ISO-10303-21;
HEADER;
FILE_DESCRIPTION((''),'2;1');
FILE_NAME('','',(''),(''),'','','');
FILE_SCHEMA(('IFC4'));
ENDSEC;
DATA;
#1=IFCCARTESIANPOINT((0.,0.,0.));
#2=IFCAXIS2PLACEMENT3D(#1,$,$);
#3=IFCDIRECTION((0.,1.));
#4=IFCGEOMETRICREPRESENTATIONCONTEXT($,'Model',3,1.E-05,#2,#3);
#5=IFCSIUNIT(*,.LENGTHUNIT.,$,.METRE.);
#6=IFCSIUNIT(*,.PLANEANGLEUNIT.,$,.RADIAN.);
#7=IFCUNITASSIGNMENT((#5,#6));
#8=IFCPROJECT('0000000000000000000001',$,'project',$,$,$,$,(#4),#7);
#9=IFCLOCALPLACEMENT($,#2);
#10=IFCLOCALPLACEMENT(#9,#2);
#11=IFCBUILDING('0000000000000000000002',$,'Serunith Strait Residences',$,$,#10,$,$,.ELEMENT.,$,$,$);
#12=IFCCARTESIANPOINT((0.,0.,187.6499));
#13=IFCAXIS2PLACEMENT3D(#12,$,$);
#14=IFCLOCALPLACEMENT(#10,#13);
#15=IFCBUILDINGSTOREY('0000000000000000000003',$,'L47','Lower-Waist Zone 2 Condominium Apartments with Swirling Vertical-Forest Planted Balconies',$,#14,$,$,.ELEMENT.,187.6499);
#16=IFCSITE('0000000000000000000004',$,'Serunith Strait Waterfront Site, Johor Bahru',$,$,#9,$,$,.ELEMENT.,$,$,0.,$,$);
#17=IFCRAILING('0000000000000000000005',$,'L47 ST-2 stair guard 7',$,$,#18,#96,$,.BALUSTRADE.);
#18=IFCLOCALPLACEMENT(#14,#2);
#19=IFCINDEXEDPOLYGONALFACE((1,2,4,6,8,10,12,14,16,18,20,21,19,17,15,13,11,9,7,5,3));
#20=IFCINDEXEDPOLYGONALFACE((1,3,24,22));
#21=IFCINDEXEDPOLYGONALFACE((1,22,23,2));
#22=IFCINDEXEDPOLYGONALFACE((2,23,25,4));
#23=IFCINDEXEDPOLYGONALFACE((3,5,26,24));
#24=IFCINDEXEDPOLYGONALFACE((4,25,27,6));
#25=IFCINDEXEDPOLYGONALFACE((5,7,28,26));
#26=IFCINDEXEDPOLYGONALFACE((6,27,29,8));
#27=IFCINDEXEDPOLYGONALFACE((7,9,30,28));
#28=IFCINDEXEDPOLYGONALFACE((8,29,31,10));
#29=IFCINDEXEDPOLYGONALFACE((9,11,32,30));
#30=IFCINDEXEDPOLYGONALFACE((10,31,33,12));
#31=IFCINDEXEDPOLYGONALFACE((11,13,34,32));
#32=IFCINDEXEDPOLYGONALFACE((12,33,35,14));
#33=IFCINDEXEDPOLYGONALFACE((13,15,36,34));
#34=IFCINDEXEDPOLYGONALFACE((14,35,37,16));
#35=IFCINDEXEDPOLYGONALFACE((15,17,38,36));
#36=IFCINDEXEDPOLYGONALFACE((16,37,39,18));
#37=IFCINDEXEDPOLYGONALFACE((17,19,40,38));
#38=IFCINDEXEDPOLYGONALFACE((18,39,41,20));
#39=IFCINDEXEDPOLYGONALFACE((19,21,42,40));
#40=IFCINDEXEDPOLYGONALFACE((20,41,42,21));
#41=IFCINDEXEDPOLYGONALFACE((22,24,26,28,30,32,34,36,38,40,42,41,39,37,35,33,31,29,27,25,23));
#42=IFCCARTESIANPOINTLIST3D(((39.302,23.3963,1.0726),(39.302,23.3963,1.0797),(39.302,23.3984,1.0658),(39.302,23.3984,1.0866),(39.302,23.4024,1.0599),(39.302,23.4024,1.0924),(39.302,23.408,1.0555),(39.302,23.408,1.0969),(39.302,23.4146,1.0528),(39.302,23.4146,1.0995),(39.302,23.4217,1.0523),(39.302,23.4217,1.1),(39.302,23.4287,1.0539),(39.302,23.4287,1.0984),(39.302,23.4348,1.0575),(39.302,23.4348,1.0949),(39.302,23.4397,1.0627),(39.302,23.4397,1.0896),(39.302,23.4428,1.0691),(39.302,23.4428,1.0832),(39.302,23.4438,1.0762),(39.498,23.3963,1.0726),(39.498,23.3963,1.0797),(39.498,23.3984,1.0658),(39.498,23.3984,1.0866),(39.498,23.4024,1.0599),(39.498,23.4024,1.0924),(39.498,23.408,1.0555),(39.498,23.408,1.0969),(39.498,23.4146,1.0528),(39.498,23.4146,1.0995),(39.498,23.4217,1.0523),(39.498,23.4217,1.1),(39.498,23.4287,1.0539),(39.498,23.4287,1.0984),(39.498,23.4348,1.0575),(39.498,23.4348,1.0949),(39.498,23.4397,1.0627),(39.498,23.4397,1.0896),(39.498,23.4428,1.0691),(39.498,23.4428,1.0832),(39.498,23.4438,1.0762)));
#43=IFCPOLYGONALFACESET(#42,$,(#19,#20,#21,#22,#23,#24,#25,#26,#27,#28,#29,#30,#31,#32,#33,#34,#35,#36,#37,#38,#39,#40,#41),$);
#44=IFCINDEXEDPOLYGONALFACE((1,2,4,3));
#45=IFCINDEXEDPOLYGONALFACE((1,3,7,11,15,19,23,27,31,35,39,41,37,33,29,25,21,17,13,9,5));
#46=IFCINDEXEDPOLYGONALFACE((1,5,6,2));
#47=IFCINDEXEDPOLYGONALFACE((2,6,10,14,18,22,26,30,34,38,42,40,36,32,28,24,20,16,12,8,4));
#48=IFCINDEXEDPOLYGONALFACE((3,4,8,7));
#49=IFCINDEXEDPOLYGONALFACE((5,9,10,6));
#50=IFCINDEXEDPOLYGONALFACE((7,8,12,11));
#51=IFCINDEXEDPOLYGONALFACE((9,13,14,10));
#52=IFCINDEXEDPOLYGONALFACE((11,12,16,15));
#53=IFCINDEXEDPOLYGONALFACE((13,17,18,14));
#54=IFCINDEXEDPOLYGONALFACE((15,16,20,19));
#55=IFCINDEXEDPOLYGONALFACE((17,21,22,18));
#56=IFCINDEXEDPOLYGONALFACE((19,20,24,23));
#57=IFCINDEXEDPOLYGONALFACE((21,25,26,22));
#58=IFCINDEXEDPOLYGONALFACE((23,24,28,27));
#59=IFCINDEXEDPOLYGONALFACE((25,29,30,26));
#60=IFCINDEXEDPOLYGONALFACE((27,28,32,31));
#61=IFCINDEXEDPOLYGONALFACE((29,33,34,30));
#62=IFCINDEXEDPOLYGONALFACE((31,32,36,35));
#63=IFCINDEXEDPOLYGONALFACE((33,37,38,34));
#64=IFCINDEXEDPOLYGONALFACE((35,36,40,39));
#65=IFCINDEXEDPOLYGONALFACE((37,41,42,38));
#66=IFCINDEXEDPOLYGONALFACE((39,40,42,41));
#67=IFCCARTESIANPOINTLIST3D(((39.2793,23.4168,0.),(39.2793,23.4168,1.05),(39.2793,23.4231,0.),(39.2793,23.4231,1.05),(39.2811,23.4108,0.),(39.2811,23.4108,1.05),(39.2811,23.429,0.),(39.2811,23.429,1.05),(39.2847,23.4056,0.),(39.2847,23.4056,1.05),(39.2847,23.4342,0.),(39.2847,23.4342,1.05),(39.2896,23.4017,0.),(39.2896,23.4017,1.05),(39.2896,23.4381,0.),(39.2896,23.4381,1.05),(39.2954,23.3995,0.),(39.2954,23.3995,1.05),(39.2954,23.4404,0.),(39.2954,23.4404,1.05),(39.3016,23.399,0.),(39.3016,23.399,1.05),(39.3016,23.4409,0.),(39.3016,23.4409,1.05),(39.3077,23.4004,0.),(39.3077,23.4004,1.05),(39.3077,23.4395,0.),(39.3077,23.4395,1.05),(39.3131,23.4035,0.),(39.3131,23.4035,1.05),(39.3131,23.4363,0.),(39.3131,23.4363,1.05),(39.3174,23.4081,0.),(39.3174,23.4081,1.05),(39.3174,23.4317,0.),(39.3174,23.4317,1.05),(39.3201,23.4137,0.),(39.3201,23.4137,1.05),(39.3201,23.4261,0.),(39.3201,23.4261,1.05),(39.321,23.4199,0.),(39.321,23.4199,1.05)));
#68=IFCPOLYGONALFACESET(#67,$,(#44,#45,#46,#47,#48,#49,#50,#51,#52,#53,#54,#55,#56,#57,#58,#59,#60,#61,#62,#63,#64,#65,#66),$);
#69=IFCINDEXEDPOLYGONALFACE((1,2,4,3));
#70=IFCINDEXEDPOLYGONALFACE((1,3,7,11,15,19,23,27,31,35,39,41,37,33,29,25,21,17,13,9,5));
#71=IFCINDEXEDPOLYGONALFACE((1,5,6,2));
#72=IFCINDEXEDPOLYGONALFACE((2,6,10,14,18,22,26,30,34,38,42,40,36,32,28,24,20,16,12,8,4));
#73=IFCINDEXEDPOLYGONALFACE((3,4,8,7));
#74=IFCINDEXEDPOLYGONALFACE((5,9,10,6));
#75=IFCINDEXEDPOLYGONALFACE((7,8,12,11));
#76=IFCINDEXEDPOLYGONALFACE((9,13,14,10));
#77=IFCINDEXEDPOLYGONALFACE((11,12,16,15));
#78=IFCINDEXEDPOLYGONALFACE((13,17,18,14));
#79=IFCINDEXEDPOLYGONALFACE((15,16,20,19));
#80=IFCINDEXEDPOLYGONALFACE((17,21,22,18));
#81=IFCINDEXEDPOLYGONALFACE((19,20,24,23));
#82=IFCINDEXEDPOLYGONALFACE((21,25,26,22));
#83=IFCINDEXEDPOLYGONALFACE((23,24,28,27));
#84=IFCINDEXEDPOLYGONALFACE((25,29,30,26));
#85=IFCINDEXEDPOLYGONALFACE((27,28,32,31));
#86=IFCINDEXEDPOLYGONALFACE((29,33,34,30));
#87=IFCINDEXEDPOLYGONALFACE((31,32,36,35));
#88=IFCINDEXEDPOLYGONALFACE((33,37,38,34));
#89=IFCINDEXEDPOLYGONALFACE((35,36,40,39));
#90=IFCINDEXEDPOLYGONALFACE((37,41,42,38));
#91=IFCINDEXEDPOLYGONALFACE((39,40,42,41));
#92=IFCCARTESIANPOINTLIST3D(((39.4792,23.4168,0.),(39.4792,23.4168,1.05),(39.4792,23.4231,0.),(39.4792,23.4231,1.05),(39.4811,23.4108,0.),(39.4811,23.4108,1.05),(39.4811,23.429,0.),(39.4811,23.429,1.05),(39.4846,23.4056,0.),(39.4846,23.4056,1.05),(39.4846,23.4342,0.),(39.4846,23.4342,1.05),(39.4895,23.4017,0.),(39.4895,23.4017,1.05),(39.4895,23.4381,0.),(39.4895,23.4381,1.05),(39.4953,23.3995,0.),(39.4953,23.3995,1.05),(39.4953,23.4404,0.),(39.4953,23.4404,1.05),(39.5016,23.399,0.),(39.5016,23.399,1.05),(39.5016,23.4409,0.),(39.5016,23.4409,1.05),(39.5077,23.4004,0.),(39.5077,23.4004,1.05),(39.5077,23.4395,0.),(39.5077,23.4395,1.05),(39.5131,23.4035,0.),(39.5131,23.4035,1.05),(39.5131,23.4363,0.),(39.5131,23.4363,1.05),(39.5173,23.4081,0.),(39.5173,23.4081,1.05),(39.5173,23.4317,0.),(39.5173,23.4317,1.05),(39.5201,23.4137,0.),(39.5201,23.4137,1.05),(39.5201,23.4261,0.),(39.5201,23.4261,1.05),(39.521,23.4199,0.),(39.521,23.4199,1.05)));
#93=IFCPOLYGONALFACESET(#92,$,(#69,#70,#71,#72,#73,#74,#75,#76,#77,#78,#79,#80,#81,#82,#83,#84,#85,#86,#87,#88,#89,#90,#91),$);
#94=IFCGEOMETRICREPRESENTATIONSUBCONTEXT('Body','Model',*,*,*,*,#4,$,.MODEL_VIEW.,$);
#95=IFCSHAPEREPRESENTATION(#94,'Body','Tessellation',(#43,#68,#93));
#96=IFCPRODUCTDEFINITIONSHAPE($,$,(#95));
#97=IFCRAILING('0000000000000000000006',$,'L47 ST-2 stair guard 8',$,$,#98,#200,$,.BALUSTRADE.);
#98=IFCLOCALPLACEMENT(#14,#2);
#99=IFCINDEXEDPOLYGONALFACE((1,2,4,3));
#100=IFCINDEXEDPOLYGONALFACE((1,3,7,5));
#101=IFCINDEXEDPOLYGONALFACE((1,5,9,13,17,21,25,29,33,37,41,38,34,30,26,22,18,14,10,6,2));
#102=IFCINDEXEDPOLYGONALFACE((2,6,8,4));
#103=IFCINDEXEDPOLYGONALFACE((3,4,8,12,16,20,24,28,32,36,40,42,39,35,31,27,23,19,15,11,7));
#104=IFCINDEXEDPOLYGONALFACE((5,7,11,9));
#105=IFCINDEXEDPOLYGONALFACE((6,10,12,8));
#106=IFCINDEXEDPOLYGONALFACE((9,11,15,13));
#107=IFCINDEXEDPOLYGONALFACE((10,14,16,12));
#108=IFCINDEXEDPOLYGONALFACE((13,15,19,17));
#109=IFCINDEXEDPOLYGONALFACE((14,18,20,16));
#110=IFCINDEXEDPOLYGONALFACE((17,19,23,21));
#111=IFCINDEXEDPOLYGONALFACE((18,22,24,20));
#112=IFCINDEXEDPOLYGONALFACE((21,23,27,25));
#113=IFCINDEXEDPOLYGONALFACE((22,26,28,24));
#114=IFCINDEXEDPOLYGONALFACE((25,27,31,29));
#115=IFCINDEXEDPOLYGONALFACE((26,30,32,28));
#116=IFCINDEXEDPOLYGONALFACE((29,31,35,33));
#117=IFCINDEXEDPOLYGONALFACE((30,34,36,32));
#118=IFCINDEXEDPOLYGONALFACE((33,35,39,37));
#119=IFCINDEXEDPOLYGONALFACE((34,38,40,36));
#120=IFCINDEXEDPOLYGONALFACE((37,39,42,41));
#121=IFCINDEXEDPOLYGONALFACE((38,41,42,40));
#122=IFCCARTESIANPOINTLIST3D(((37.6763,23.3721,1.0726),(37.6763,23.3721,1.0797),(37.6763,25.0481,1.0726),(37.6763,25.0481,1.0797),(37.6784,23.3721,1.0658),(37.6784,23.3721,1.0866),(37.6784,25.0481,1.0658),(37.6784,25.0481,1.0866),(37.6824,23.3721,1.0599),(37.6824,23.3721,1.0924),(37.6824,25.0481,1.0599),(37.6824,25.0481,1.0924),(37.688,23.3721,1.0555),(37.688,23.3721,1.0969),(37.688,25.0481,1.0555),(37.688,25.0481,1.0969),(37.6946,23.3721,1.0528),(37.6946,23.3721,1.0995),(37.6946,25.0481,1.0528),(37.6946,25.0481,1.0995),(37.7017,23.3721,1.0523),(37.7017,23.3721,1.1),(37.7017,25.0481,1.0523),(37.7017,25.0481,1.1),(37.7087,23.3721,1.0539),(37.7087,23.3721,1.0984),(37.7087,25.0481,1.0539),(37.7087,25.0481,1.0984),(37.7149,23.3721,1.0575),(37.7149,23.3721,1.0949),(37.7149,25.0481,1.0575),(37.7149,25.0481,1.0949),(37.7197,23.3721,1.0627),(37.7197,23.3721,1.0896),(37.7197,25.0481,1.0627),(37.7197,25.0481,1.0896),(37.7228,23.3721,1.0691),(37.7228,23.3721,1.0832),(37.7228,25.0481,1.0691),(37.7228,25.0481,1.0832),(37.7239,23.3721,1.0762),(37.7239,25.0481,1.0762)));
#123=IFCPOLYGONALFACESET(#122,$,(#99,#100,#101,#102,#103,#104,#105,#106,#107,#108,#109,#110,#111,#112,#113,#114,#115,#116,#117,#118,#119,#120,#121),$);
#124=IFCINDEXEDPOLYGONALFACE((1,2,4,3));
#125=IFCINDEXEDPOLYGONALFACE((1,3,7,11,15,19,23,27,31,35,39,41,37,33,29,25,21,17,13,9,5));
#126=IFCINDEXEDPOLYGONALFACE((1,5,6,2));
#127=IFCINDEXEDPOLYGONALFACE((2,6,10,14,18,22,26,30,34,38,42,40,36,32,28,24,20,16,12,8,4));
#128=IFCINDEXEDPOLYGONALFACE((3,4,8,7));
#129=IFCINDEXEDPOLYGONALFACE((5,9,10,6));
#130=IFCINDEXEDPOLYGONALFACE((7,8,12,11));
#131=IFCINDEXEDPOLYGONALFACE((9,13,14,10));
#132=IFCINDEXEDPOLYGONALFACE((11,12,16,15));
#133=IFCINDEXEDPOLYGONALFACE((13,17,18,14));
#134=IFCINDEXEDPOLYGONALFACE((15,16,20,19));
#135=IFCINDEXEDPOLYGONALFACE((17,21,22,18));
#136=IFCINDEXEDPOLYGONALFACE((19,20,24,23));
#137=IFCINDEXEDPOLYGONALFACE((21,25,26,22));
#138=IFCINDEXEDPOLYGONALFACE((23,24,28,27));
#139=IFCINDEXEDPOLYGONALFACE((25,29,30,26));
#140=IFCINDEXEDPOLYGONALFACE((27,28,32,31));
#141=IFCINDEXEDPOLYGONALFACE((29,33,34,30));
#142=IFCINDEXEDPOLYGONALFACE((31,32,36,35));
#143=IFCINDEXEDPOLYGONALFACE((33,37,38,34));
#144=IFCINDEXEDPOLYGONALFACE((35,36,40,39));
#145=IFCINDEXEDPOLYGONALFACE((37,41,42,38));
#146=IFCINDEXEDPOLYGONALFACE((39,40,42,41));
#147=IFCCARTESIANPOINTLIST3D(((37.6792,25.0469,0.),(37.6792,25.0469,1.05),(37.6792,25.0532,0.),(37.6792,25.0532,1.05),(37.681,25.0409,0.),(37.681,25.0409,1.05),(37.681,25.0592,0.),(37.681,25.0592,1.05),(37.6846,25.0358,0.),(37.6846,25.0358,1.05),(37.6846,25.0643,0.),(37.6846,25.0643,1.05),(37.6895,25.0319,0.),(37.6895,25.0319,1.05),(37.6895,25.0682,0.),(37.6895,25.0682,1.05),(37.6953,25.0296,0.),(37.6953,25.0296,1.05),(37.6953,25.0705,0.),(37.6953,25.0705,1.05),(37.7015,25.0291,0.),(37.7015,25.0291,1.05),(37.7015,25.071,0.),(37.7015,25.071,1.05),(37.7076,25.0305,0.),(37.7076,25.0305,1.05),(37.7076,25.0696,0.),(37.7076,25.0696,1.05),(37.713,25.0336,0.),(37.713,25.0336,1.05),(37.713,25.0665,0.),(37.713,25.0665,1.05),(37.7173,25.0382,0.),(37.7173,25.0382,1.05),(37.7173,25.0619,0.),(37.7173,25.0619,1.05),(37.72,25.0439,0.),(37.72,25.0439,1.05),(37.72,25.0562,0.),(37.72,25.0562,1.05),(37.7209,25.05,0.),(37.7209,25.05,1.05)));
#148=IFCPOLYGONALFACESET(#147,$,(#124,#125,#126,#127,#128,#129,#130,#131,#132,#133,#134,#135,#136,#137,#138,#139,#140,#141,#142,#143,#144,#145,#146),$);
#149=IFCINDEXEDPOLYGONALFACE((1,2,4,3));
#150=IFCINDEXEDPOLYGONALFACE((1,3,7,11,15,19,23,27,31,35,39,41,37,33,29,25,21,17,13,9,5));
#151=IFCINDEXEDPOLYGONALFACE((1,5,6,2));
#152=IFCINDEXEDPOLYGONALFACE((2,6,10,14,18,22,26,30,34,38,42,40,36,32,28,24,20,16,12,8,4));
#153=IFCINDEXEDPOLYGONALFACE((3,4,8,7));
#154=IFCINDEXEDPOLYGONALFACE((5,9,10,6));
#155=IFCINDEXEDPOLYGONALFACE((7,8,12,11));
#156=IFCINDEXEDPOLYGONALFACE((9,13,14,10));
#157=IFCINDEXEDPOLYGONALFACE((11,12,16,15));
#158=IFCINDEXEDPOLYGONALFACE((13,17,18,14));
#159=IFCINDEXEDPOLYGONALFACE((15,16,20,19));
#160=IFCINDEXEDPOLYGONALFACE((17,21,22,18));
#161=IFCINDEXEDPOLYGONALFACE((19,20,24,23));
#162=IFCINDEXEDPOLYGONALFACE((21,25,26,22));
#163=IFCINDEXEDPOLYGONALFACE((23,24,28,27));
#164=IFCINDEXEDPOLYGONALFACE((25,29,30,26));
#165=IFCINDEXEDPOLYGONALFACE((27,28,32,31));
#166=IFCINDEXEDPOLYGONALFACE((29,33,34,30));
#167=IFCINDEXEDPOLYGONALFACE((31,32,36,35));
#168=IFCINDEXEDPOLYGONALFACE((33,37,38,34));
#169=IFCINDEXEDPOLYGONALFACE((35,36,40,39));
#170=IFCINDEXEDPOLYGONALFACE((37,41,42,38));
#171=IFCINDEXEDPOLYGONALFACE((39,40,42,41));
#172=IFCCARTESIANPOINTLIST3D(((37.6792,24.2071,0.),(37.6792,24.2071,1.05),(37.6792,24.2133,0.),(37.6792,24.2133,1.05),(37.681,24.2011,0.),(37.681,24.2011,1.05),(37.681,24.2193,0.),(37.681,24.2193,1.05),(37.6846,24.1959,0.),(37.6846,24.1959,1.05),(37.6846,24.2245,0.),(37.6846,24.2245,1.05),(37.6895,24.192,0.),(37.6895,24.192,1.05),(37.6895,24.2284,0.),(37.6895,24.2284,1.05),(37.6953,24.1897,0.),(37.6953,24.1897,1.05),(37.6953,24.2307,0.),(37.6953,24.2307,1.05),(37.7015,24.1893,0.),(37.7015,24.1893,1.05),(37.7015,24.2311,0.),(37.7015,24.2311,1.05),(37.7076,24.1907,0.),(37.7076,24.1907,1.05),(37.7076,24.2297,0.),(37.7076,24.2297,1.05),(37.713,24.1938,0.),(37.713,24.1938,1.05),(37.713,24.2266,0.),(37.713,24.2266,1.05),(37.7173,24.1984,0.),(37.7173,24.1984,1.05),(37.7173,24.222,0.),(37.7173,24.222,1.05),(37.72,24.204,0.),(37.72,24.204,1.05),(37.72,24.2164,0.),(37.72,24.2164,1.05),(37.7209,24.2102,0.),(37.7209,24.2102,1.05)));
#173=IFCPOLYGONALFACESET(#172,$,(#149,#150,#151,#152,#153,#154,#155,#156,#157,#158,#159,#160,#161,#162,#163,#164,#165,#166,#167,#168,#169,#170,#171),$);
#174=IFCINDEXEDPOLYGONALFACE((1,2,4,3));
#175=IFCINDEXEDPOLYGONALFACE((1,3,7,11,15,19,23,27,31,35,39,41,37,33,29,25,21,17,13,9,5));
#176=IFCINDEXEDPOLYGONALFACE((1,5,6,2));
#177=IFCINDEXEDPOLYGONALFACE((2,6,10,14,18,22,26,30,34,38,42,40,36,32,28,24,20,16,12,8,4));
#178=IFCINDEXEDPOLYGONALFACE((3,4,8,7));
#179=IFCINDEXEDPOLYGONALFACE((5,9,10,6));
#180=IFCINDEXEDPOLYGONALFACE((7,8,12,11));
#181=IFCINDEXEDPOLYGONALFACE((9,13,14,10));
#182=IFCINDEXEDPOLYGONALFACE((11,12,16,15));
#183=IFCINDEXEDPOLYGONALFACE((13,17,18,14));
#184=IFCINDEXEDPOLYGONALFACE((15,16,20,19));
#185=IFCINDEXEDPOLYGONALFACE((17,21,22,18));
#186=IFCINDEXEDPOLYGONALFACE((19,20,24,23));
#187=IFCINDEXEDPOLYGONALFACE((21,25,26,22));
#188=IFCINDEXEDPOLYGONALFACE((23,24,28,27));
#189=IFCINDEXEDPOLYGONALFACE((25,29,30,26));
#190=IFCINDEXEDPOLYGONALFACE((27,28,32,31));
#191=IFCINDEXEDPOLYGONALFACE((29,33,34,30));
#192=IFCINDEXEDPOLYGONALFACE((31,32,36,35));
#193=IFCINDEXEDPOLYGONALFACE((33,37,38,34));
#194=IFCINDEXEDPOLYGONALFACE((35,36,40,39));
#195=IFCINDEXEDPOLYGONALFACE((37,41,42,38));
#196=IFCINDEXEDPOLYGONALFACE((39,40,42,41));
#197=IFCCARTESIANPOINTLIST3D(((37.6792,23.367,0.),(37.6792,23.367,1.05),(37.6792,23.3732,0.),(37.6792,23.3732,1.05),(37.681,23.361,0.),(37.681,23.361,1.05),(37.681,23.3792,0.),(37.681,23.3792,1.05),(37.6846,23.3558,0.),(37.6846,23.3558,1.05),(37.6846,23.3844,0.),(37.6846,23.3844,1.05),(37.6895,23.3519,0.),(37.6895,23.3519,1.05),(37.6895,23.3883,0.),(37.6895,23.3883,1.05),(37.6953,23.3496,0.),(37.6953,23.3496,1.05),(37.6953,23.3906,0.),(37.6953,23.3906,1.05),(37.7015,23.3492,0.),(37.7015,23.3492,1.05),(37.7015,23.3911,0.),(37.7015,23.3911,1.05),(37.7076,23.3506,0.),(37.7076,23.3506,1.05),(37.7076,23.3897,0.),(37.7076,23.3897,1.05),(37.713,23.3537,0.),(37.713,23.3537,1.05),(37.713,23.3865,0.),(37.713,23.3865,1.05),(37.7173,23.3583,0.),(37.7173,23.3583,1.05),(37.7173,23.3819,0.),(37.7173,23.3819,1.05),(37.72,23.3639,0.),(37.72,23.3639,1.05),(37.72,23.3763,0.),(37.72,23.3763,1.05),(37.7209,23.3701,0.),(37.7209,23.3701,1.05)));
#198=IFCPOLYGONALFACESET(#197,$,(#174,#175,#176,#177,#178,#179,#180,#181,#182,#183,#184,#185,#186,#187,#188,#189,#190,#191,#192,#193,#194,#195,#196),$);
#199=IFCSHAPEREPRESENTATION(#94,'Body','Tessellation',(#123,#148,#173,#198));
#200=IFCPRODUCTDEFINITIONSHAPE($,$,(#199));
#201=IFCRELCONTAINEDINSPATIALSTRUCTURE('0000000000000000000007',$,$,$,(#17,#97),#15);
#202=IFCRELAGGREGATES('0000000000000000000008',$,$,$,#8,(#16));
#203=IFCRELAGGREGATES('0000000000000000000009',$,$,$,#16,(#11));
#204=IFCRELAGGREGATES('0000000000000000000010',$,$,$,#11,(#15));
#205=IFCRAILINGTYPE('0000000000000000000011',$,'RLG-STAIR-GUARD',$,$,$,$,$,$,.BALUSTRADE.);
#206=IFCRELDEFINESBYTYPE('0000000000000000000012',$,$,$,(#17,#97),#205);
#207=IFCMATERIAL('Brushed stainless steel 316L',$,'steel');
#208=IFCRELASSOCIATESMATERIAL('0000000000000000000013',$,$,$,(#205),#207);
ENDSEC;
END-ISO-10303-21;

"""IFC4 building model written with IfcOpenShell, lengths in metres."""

from ifc_helpers import new_model, si_unit, direction, frame, origin, origin_2d, place, context, subcontext, project, spatial, circle, extrude, material, type_object, element, save


model = new_model("IFC4")

# Units and contexts
model_context = context("Model", 3, precision=1e-05, world=origin(), true_north=direction((0.0, 1.0)))
body_context = subcontext(model_context, "Body", "Model", "MODEL_VIEW")
ifc_project = project(units=[si_unit("LENGTHUNIT", "METRE"), si_unit("PLANEANGLEUNIT", "RADIAN")], contexts=[model_context])

# Site, building, storey
site_placement = place(None, origin())
site = spatial("IfcSite", under=ifc_project, at=site_placement, Name="Serunith Strait Waterfront Site, Johor Bahru", CompositionType="ELEMENT", RefElevation=0.0)
building_placement = place(site_placement, origin())
building = spatial("IfcBuilding", under=site, at=building_placement, Name="Serunith Strait Residences", CompositionType="ELEMENT")
storey_placement = place(building_placement, frame((0.0, 0.0, 187.6499)))
storey = spatial("IfcBuildingStorey", under=building, at=storey_placement, Name="L47", Description="Lower-Waist Zone 2 Condominium Apartments with Swirling Vertical-Forest Planted Balconies", CompositionType="ELEMENT", Elevation=187.6499)

# Railings
ifc_material_1 = material(Name="Brushed stainless steel 316L", Category="steel")
railing_type_1 = type_object("IfcRailingType", Name="RLG-STAIR-GUARD", PredefinedType="BALUSTRADE", material=ifc_material_1)
railing_1_placement = place(storey_placement, frame((39.3, 23.4199, 0.0)))
element("IfcRailing", 1, at=railing_1_placement, inside=storey, type_object=railing_type_1, Name="L47 ST-2 stair guard 7", PredefinedType="BALUSTRADE", context=body_context, shape_type="SweptSolid", body=[
    extrude(circle(Radius=0.0239, at=origin_2d()), frame((0.002, 0.0, 1.0762), z_axis=(1.0, 0.0, 0.0), x_axis=(0.0, 1.0, 0.0)), (0.0, 0.0, 1.0), 0.196),
    extrude(circle(Radius=0.021, at=origin_2d()), origin(), (0.0, 0.0, 1.0), 1.05),
    extrude(circle(Radius=0.021, at=origin_2d()), frame((0.2, 0.0, 0.0)), (0.0, 0.0, 1.0), 1.05),
])
for number, where, name in (
    (2, (37.7, 25.05, 0.0), "L47 ST-2 stair guard 8"),
):
    element("IfcRailing", number, at=place(storey_placement, frame(where)), inside=storey, type_object=railing_type_1, Name=name, PredefinedType="BALUSTRADE", context=body_context, shape_type="SweptSolid", body=[
        extrude(circle(Radius=0.0239, at=origin_2d()), frame((0.0, -0.002, 1.0762), z_axis=(0.0, -1.0, 0.0), x_axis=(1.0, 0.0, 0.0)), (0.0, 0.0, 1.0), 1.676),
        extrude(circle(Radius=0.021, at=origin_2d()), origin(), (0.0, 0.0, 1.0), 1.05),
        extrude(circle(Radius=0.021, at=origin_2d()), frame((0.0, -0.8398, 0.0)), (0.0, 0.0, 1.0), 1.05),
        extrude(circle(Radius=0.021, at=origin_2d()), frame((0.0, -1.6799, 0.0)), (0.0, 0.0, 1.0), 1.05),
    ])

save(model, "model.ifc")
